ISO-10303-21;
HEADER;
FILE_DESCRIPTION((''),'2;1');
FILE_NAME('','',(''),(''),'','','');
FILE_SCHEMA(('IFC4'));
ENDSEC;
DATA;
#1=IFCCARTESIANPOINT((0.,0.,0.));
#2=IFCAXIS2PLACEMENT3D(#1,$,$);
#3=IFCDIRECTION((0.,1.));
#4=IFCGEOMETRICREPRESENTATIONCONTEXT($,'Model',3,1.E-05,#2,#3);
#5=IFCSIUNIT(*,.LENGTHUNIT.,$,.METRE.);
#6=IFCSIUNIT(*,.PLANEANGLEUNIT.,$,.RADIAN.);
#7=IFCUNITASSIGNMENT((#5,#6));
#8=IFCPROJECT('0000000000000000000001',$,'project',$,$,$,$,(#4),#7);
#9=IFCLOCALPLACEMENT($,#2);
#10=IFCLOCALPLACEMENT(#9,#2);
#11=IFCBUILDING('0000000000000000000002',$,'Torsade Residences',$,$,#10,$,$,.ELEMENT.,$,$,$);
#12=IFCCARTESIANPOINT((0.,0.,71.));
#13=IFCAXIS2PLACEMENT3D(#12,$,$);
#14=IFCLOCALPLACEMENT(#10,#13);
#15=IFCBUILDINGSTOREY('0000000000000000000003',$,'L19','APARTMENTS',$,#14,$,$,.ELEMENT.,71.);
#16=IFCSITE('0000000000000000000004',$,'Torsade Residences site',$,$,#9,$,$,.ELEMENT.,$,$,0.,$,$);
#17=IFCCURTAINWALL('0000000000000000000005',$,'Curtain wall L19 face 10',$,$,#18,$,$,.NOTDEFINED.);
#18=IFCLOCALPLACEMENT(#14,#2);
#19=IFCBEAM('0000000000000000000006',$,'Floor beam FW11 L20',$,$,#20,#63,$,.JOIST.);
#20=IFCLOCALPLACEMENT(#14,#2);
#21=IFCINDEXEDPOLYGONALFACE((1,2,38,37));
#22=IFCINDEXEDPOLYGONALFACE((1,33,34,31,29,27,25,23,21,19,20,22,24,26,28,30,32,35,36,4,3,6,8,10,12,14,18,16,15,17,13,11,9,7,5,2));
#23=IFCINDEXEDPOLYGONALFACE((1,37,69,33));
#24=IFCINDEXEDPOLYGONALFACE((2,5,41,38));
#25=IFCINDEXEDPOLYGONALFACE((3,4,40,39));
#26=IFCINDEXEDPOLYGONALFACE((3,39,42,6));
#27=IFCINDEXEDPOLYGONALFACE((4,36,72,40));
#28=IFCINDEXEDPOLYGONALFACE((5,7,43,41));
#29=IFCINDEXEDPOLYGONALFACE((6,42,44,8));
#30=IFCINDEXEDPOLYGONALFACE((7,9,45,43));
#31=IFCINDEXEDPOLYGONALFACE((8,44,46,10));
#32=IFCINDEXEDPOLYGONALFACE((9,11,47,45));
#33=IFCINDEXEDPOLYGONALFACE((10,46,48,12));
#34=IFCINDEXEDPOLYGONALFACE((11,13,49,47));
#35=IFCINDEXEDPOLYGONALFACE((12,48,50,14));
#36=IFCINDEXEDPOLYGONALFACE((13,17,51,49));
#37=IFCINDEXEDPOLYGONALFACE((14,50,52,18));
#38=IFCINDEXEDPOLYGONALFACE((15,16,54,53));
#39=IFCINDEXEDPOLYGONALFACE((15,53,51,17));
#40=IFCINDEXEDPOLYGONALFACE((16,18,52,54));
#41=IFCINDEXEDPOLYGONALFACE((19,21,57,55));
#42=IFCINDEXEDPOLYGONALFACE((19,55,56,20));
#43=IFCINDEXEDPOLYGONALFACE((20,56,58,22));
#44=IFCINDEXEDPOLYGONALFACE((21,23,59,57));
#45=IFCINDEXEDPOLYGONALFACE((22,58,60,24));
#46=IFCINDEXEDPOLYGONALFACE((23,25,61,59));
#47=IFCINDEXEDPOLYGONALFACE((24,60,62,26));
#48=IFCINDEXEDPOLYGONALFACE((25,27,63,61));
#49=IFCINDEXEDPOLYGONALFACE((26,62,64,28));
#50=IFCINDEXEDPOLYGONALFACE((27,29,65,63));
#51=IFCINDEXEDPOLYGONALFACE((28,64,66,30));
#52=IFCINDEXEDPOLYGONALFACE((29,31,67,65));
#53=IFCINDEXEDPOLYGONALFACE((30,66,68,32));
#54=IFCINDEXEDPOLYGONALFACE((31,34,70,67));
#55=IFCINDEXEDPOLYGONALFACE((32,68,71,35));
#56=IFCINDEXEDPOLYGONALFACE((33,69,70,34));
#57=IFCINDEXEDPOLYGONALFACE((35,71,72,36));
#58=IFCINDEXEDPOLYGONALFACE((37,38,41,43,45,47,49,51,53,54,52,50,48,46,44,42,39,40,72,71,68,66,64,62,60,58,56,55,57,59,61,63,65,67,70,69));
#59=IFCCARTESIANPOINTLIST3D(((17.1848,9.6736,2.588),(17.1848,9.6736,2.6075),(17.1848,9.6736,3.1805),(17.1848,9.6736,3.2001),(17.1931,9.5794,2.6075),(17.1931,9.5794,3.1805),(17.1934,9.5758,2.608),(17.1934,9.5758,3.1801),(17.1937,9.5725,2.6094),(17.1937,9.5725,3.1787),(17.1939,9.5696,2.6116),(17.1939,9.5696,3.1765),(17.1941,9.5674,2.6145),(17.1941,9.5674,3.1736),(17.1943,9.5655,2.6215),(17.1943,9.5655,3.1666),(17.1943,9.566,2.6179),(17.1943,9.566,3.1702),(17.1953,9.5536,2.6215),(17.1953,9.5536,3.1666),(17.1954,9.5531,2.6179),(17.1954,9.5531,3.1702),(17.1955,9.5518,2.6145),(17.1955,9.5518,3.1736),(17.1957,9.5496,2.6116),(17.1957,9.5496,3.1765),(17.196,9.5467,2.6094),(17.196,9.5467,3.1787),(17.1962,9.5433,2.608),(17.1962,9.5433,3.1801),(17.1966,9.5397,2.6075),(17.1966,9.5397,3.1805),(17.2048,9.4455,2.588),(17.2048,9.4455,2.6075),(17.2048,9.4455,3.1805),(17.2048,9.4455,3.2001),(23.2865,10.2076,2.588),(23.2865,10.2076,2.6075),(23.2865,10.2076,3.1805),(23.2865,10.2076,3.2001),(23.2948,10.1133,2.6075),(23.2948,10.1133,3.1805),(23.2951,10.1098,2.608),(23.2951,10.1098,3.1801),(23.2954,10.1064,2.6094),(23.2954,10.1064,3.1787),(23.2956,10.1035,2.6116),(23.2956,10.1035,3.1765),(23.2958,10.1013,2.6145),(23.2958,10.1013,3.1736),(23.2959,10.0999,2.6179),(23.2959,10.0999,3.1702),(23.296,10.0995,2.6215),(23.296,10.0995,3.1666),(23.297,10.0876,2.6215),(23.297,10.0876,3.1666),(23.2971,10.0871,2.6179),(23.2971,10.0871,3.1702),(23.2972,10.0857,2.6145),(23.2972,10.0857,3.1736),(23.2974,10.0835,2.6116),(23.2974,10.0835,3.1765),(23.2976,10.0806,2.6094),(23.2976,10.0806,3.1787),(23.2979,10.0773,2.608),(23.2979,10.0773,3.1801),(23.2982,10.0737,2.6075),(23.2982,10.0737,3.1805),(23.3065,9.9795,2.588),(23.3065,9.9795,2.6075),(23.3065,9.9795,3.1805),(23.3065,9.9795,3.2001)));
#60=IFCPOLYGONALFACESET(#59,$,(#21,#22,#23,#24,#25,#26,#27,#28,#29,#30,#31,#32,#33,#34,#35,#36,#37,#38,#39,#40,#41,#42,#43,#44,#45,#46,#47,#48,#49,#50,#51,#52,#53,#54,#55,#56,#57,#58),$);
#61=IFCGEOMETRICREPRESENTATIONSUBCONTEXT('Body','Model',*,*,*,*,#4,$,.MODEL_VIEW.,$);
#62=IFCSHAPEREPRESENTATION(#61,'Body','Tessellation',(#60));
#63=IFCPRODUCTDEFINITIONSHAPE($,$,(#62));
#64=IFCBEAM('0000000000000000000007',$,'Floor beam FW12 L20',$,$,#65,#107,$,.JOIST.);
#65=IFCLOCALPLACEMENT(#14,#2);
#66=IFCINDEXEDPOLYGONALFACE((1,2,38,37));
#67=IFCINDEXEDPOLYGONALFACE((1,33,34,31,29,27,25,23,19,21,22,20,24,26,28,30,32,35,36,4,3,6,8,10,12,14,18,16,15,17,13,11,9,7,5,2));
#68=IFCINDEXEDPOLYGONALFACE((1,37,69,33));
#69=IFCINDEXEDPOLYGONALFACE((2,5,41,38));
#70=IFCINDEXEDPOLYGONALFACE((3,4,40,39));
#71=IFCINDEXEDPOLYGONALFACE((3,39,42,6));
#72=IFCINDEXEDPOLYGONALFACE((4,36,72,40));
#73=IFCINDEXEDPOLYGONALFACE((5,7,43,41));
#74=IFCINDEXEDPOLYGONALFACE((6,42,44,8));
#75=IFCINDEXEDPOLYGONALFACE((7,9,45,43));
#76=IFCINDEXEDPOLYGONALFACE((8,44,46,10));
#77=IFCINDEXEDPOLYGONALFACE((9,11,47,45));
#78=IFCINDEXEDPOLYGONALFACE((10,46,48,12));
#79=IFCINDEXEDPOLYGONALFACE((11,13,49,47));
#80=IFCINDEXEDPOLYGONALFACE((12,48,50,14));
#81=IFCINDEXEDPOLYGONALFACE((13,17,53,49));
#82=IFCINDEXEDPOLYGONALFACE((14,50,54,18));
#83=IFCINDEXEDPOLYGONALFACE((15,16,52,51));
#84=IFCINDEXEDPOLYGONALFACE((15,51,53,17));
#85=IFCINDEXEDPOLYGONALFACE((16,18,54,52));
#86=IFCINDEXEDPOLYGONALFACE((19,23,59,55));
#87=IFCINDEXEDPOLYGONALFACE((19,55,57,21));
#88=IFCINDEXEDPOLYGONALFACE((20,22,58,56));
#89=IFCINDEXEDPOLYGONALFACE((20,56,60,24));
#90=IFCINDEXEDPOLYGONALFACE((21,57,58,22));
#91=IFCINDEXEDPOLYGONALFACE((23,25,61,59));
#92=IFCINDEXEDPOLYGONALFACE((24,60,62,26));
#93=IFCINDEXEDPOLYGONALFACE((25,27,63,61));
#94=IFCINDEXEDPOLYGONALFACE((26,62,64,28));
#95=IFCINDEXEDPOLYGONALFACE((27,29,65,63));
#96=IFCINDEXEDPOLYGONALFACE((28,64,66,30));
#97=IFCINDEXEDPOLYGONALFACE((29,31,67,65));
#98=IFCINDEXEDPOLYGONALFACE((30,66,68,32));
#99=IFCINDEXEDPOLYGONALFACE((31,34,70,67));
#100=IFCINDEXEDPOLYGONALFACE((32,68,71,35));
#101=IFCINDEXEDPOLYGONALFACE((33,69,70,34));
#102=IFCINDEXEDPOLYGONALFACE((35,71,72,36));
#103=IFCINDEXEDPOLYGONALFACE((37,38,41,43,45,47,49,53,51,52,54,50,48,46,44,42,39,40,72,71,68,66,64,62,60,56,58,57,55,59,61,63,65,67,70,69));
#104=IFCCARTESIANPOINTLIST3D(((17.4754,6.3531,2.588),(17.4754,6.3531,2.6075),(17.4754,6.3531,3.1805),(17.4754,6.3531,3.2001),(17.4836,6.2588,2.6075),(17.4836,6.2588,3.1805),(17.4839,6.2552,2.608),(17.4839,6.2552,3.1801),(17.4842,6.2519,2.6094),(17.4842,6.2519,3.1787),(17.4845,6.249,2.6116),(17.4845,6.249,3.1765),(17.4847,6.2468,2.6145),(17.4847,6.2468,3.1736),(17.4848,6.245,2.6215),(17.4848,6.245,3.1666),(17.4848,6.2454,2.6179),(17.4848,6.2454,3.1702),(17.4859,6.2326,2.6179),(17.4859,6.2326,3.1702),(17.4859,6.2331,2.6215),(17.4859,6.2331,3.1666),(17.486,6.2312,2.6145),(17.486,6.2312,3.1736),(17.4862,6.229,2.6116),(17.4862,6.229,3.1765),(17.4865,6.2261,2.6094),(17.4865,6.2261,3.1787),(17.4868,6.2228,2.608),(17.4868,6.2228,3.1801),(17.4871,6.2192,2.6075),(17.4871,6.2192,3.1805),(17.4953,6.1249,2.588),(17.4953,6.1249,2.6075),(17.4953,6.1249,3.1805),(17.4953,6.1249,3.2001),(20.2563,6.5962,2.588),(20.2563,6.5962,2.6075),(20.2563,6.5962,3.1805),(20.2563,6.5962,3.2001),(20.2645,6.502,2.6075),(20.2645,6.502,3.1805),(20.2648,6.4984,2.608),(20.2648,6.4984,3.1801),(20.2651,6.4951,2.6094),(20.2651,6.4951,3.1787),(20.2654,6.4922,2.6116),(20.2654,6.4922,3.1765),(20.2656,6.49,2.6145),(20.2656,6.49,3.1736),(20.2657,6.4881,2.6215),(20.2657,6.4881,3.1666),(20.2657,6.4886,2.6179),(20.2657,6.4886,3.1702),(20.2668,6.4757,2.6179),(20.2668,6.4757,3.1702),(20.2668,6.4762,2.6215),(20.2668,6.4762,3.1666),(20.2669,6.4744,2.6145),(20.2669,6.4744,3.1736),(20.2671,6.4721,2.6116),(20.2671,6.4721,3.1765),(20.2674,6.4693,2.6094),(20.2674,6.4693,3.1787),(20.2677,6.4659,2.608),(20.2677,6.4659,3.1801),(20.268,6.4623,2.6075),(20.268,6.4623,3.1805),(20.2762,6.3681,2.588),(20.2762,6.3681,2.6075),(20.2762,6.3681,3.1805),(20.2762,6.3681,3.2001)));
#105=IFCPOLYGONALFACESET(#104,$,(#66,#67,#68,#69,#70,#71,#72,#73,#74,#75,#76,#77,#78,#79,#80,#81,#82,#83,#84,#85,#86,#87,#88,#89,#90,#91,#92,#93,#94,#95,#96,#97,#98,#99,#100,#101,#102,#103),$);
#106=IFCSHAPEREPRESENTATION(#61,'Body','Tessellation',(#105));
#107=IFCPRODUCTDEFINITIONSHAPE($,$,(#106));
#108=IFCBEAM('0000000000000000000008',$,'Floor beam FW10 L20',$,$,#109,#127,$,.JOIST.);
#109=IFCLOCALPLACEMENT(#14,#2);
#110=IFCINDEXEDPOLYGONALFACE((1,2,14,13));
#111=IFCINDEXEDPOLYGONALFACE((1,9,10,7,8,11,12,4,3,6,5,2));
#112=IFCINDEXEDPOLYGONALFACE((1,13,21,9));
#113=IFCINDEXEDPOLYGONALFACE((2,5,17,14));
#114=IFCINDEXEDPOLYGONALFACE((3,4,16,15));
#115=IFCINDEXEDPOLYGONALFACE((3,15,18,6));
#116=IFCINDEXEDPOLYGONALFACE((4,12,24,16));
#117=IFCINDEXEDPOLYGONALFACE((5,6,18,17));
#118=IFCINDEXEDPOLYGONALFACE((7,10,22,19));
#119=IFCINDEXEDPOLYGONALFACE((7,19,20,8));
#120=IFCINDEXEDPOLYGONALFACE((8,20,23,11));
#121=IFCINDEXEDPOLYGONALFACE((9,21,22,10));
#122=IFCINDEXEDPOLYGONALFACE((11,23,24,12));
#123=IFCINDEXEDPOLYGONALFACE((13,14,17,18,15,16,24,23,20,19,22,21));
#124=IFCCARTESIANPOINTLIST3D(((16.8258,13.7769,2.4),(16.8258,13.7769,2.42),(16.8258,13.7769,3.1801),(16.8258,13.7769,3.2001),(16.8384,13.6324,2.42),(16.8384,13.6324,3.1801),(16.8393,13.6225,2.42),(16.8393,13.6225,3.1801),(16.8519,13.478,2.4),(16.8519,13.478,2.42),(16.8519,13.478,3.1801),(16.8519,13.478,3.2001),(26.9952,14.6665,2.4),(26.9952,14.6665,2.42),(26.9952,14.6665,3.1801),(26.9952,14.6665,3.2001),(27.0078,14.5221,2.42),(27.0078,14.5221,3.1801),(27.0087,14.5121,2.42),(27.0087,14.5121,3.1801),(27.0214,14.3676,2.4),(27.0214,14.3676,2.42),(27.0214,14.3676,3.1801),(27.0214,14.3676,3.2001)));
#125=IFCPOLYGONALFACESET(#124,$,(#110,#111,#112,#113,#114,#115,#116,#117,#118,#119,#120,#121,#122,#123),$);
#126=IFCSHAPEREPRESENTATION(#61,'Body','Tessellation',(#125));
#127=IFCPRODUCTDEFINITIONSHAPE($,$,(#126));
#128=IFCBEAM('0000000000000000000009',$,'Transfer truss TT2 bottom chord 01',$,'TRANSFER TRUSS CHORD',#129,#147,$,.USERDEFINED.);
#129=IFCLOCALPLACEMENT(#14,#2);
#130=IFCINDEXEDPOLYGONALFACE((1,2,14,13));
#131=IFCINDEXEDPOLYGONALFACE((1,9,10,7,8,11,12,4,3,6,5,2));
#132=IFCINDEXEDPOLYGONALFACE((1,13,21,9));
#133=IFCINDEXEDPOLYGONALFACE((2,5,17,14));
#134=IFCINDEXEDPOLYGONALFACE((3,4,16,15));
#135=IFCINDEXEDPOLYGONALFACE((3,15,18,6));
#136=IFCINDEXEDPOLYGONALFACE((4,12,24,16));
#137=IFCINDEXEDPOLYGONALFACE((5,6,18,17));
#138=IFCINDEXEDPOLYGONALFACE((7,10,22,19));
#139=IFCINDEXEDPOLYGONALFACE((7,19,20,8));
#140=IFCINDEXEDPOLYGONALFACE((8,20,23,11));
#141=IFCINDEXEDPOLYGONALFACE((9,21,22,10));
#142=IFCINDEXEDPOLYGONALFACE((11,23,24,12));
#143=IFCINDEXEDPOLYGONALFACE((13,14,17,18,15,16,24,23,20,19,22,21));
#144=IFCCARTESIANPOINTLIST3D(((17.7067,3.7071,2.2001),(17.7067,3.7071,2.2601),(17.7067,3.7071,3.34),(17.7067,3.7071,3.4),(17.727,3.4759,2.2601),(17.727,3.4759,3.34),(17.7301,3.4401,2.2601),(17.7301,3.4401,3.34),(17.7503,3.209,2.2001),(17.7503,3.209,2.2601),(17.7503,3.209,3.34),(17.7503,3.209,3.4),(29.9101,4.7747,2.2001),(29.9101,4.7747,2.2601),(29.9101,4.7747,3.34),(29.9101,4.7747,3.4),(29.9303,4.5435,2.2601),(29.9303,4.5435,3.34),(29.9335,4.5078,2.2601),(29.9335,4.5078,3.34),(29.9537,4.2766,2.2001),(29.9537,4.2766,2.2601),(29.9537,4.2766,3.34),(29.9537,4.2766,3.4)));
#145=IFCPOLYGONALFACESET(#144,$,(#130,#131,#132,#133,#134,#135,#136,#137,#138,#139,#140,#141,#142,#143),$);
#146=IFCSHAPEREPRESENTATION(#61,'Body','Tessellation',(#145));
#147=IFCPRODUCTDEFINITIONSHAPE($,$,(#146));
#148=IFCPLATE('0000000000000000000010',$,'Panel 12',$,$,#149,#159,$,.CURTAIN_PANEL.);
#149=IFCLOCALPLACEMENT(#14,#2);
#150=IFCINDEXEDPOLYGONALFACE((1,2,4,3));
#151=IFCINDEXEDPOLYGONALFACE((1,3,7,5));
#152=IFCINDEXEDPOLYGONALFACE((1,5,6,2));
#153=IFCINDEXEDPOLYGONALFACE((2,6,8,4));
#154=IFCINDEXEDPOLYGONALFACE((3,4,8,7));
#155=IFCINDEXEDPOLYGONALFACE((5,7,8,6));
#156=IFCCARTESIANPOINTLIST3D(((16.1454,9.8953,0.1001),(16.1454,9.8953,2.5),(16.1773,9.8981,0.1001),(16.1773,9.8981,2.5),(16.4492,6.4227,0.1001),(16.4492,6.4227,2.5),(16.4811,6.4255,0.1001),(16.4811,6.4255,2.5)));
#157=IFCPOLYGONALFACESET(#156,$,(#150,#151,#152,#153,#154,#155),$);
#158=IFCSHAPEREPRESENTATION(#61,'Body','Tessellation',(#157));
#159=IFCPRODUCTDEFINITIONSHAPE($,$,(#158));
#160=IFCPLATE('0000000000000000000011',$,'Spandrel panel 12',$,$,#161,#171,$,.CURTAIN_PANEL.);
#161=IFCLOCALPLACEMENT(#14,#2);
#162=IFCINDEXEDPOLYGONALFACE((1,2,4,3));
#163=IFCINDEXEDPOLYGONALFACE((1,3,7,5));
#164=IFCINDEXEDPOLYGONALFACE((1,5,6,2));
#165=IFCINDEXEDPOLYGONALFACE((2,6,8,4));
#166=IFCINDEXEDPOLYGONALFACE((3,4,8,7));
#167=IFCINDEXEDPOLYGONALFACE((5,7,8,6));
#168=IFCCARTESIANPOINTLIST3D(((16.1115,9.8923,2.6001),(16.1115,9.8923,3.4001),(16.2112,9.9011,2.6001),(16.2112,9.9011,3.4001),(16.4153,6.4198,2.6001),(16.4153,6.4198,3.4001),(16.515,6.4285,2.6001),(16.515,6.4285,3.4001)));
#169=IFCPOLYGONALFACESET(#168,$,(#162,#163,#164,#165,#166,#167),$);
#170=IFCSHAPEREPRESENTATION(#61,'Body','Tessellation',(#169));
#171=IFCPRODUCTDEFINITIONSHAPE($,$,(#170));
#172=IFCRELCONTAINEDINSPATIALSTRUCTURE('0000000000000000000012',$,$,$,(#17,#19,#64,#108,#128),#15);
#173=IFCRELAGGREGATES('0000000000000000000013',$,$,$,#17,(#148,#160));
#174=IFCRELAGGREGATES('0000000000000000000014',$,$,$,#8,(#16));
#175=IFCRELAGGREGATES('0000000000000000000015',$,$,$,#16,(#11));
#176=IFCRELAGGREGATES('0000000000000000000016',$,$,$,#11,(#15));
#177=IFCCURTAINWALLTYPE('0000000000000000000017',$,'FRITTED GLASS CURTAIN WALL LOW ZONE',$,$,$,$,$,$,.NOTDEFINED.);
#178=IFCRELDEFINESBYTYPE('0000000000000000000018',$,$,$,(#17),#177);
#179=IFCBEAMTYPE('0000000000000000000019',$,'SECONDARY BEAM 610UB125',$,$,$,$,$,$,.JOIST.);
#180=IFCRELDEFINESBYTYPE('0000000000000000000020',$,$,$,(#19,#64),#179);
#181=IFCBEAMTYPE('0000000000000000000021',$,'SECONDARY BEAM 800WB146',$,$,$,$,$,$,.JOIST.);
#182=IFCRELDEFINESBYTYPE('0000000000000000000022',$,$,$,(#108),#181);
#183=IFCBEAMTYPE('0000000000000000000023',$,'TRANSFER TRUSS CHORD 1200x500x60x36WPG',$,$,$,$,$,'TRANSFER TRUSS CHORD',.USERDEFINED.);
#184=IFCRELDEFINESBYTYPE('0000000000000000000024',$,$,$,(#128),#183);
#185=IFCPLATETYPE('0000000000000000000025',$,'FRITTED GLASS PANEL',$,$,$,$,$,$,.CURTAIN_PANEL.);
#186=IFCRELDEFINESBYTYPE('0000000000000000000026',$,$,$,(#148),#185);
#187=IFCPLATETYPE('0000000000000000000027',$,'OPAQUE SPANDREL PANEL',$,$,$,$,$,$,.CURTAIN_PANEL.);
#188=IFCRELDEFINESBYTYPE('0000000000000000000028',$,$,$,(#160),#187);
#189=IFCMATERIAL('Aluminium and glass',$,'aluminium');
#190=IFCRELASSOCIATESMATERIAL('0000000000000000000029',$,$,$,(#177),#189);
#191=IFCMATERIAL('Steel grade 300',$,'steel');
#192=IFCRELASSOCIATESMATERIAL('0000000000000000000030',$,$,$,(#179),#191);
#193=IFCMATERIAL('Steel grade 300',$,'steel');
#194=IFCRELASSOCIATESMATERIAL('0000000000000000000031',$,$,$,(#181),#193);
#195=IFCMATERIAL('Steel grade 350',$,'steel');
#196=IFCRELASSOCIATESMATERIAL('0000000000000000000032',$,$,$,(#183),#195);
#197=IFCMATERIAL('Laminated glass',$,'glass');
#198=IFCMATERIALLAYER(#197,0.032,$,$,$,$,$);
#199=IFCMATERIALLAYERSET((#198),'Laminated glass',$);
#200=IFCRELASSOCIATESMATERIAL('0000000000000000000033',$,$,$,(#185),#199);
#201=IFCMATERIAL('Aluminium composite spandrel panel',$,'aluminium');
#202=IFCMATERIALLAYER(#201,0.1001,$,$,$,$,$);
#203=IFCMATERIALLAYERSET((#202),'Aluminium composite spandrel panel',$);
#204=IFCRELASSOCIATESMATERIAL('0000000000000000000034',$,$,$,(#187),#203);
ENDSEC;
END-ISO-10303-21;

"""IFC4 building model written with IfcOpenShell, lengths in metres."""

from ifc_helpers import new_model, si_unit, direction, frame, origin, origin_2d, place, context, subcontext, project, spatial, rectangle, i_section, extrude, material, layer, layer_set, material_profile, profile_set, type_object, element, aggregate, save


model = new_model("IFC4")

# Units and contexts
model_context = context("Model", 3, precision=1e-05, world=origin(), true_north=direction((0.0, 1.0)))
body_context = subcontext(model_context, "Body", "Model", "MODEL_VIEW")
ifc_project = project(units=[si_unit("LENGTHUNIT", "METRE"), si_unit("PLANEANGLEUNIT", "RADIAN")], contexts=[model_context])

# Site, building, storey
site_placement = place(None, origin())
site = spatial("IfcSite", under=ifc_project, at=site_placement, Name="Torsade Residences site", CompositionType="ELEMENT", RefElevation=0.0)
building_placement = place(site_placement, origin())
building = spatial("IfcBuilding", under=site, at=building_placement, Name="Torsade Residences", CompositionType="ELEMENT")
storey_placement = place(building_placement, frame((0.0, 0.0, 71.0)))
storey = spatial("IfcBuildingStorey", under=building, at=storey_placement, Name="L19", Description="APARTMENTS", CompositionType="ELEMENT", Elevation=71.0)

# Curtain wall
ifc_material_1 = material(Name="Aluminium and glass", Category="aluminium")
curtain_wall_type = type_object("IfcCurtainWallType", Name="FRITTED GLASS CURTAIN WALL LOW ZONE", PredefinedType="NOTDEFINED", material=ifc_material_1)
curtain_wall_1_placement = place(storey_placement, origin())
curtain_wall_1 = element("IfcCurtainWall", 1, at=curtain_wall_1_placement, inside=storey, type_object=curtain_wall_type, Name="Curtain wall L19 face 10", PredefinedType="NOTDEFINED")

# Beams
ifc_material_2 = material(Name="Steel grade 300", Category="steel")
ifc_material_profile_1 = material_profile(ifc_material_2, i_section(OverallWidth=0.229, OverallDepth=0.6121, WebThickness=0.012, FlangeThickness=0.0195, FilletRadius=0.0139, at=origin_2d()), Name="610UB125")
ifc_profile_set_1 = profile_set([ifc_material_profile_1], Name="Steel grade 300")
beam_type_1 = type_object("IfcBeamType", Name="SECONDARY BEAM 610UB125", PredefinedType="JOIST", material=ifc_profile_set_1)
beam_1_placement = place(storey_placement, frame((17.1948, 9.5596, 2.894), z_axis=(0.996193, 0.087175, 0.0), x_axis=(-0.087175, 0.996193, 0.0)))
element("IfcBeam", 2, at=beam_1_placement, inside=storey, type_object=beam_type_1, Name="Floor beam FW11 L20", PredefinedType="JOIST", context=body_context, shape_type="SweptSolid", body=[
    extrude(i_section(OverallWidth=0.229, OverallDepth=0.6121, WebThickness=0.012, FlangeThickness=0.0195, FilletRadius=0.0139, at=origin_2d()), origin(), (0.0, 0.0, 1.0), 6.125),
])
beam_2_placement = place(storey_placement, frame((17.4854, 6.239, 2.894), z_axis=(0.996199, 0.087105, 0.0), x_axis=(-0.087105, 0.996199, 0.0)))
element("IfcBeam", 3, at=beam_2_placement, inside=storey, type_object=beam_type_1, Name="Floor beam FW12 L20", PredefinedType="JOIST", context=body_context, shape_type="SweptSolid", body=[
    extrude(i_section(OverallWidth=0.229, OverallDepth=0.6121, WebThickness=0.012, FlangeThickness=0.0195, FilletRadius=0.0139, at=origin_2d()), origin(), (0.0, 0.0, 1.0), 2.7915),
])
ifc_material_3 = material(Name="Steel grade 300", Category="steel")
ifc_material_profile_2 = material_profile(ifc_material_3, i_section(OverallWidth=0.3, OverallDepth=0.8, WebThickness=0.01, FlangeThickness=0.02, at=origin_2d()), Name="800WB146")
ifc_profile_set_2 = profile_set([ifc_material_profile_2], Name="Steel grade 300")
beam_type_2 = type_object("IfcBeamType", Name="SECONDARY BEAM 800WB146", PredefinedType="JOIST", material=ifc_profile_set_2)
beam_3_placement = place(storey_placement, frame((16.8389, 13.6274, 2.8), z_axis=(0.996195, 0.08715, 0.0), x_axis=(-0.08715, 0.996195, 0.0)))
element("IfcBeam", 4, at=beam_3_placement, inside=storey, type_object=beam_type_2, Name="Floor beam FW10 L20", PredefinedType="JOIST", context=body_context, shape_type="SweptSolid", body=[
    extrude(i_section(OverallWidth=0.3, OverallDepth=0.8, WebThickness=0.01, FlangeThickness=0.02, at=origin_2d()), origin(), (0.0, 0.0, 1.0), 10.2083),
])
ifc_material_4 = material(Name="Steel grade 350", Category="steel")
ifc_material_profile_3 = material_profile(ifc_material_4, i_section(OverallWidth=0.5, OverallDepth=1.2, WebThickness=0.0359, FlangeThickness=0.0601, at=origin_2d()), Name="1200x500x60x36WPG")
ifc_profile_set_3 = profile_set([ifc_material_profile_3], Name="Steel grade 350")
beam_type_3 = type_object("IfcBeamType", Name="TRANSFER TRUSS CHORD 1200x500x60x36WPG", ElementType="TRANSFER TRUSS CHORD", PredefinedType="USERDEFINED", material=ifc_profile_set_3)
beam_4_placement = place(storey_placement, frame((17.7285, 3.458, 2.8), z_axis=(0.996195, 0.087153, 0.0), x_axis=(-0.087153, 0.996195, 0.0)))
element("IfcBeam", 5, at=beam_4_placement, inside=storey, type_object=beam_type_3, Name="Transfer truss TT2 bottom chord 01", ObjectType="TRANSFER TRUSS CHORD", PredefinedType="USERDEFINED", context=body_context, shape_type="SweptSolid", body=[
    extrude(i_section(OverallWidth=0.5, OverallDepth=1.2, WebThickness=0.0359, FlangeThickness=0.0601, at=origin_2d()), origin(), (0.0, 0.0, 1.0), 12.25),
])

# Plates
ifc_material_5 = material(Name="Laminated glass", Category="glass")
ifc_layer_1 = layer(ifc_material_5, 0.032)
ifc_layer_set_1 = layer_set([ifc_layer_1], Name="Laminated glass")
plate_type_1 = type_object("IfcPlateType", Name="FRITTED GLASS PANEL", PredefinedType="CURTAIN_PANEL", material=ifc_layer_set_1)
plate_1_placement = place(storey_placement, frame((16.3132, 8.1604, 0.1001), z_axis=(0.0, 0.0, 1.0), x_axis=(0.087156, -0.996195, 0.0)))
plate_1 = element("IfcPlate", 6, at=plate_1_placement, type_object=plate_type_1, Name="Panel 12", PredefinedType="CURTAIN_PANEL", context=body_context, shape_type="SweptSolid", body=[
    extrude(rectangle(XDim=3.4858, YDim=0.032, at=origin_2d()), origin(), (0.0, 0.0, 1.0), 2.3999),
])
ifc_material_6 = material(Name="Aluminium composite spandrel panel", Category="aluminium")
ifc_layer_2 = layer(ifc_material_6, 0.1001)
ifc_layer_set_2 = layer_set([ifc_layer_2], Name="Aluminium composite spandrel panel")
plate_type_2 = type_object("IfcPlateType", Name="OPAQUE SPANDREL PANEL", PredefinedType="CURTAIN_PANEL", material=ifc_layer_set_2)
plate_2_placement = place(storey_placement, frame((16.3132, 8.1604, 2.6001), z_axis=(0.0, 0.0, 1.0), x_axis=(0.087156, -0.996195, 0.0)))
plate_2 = element("IfcPlate", 7, at=plate_2_placement, type_object=plate_type_2, Name="Spandrel panel 12", PredefinedType="CURTAIN_PANEL", context=body_context, shape_type="SweptSolid", body=[
    extrude(rectangle(XDim=3.4858, YDim=0.1001, at=origin_2d()), origin(), (0.0, 0.0, 1.0), 0.8),
])
aggregate(curtain_wall_1, [plate_1, plate_2])

save(model, "model.ifc")
